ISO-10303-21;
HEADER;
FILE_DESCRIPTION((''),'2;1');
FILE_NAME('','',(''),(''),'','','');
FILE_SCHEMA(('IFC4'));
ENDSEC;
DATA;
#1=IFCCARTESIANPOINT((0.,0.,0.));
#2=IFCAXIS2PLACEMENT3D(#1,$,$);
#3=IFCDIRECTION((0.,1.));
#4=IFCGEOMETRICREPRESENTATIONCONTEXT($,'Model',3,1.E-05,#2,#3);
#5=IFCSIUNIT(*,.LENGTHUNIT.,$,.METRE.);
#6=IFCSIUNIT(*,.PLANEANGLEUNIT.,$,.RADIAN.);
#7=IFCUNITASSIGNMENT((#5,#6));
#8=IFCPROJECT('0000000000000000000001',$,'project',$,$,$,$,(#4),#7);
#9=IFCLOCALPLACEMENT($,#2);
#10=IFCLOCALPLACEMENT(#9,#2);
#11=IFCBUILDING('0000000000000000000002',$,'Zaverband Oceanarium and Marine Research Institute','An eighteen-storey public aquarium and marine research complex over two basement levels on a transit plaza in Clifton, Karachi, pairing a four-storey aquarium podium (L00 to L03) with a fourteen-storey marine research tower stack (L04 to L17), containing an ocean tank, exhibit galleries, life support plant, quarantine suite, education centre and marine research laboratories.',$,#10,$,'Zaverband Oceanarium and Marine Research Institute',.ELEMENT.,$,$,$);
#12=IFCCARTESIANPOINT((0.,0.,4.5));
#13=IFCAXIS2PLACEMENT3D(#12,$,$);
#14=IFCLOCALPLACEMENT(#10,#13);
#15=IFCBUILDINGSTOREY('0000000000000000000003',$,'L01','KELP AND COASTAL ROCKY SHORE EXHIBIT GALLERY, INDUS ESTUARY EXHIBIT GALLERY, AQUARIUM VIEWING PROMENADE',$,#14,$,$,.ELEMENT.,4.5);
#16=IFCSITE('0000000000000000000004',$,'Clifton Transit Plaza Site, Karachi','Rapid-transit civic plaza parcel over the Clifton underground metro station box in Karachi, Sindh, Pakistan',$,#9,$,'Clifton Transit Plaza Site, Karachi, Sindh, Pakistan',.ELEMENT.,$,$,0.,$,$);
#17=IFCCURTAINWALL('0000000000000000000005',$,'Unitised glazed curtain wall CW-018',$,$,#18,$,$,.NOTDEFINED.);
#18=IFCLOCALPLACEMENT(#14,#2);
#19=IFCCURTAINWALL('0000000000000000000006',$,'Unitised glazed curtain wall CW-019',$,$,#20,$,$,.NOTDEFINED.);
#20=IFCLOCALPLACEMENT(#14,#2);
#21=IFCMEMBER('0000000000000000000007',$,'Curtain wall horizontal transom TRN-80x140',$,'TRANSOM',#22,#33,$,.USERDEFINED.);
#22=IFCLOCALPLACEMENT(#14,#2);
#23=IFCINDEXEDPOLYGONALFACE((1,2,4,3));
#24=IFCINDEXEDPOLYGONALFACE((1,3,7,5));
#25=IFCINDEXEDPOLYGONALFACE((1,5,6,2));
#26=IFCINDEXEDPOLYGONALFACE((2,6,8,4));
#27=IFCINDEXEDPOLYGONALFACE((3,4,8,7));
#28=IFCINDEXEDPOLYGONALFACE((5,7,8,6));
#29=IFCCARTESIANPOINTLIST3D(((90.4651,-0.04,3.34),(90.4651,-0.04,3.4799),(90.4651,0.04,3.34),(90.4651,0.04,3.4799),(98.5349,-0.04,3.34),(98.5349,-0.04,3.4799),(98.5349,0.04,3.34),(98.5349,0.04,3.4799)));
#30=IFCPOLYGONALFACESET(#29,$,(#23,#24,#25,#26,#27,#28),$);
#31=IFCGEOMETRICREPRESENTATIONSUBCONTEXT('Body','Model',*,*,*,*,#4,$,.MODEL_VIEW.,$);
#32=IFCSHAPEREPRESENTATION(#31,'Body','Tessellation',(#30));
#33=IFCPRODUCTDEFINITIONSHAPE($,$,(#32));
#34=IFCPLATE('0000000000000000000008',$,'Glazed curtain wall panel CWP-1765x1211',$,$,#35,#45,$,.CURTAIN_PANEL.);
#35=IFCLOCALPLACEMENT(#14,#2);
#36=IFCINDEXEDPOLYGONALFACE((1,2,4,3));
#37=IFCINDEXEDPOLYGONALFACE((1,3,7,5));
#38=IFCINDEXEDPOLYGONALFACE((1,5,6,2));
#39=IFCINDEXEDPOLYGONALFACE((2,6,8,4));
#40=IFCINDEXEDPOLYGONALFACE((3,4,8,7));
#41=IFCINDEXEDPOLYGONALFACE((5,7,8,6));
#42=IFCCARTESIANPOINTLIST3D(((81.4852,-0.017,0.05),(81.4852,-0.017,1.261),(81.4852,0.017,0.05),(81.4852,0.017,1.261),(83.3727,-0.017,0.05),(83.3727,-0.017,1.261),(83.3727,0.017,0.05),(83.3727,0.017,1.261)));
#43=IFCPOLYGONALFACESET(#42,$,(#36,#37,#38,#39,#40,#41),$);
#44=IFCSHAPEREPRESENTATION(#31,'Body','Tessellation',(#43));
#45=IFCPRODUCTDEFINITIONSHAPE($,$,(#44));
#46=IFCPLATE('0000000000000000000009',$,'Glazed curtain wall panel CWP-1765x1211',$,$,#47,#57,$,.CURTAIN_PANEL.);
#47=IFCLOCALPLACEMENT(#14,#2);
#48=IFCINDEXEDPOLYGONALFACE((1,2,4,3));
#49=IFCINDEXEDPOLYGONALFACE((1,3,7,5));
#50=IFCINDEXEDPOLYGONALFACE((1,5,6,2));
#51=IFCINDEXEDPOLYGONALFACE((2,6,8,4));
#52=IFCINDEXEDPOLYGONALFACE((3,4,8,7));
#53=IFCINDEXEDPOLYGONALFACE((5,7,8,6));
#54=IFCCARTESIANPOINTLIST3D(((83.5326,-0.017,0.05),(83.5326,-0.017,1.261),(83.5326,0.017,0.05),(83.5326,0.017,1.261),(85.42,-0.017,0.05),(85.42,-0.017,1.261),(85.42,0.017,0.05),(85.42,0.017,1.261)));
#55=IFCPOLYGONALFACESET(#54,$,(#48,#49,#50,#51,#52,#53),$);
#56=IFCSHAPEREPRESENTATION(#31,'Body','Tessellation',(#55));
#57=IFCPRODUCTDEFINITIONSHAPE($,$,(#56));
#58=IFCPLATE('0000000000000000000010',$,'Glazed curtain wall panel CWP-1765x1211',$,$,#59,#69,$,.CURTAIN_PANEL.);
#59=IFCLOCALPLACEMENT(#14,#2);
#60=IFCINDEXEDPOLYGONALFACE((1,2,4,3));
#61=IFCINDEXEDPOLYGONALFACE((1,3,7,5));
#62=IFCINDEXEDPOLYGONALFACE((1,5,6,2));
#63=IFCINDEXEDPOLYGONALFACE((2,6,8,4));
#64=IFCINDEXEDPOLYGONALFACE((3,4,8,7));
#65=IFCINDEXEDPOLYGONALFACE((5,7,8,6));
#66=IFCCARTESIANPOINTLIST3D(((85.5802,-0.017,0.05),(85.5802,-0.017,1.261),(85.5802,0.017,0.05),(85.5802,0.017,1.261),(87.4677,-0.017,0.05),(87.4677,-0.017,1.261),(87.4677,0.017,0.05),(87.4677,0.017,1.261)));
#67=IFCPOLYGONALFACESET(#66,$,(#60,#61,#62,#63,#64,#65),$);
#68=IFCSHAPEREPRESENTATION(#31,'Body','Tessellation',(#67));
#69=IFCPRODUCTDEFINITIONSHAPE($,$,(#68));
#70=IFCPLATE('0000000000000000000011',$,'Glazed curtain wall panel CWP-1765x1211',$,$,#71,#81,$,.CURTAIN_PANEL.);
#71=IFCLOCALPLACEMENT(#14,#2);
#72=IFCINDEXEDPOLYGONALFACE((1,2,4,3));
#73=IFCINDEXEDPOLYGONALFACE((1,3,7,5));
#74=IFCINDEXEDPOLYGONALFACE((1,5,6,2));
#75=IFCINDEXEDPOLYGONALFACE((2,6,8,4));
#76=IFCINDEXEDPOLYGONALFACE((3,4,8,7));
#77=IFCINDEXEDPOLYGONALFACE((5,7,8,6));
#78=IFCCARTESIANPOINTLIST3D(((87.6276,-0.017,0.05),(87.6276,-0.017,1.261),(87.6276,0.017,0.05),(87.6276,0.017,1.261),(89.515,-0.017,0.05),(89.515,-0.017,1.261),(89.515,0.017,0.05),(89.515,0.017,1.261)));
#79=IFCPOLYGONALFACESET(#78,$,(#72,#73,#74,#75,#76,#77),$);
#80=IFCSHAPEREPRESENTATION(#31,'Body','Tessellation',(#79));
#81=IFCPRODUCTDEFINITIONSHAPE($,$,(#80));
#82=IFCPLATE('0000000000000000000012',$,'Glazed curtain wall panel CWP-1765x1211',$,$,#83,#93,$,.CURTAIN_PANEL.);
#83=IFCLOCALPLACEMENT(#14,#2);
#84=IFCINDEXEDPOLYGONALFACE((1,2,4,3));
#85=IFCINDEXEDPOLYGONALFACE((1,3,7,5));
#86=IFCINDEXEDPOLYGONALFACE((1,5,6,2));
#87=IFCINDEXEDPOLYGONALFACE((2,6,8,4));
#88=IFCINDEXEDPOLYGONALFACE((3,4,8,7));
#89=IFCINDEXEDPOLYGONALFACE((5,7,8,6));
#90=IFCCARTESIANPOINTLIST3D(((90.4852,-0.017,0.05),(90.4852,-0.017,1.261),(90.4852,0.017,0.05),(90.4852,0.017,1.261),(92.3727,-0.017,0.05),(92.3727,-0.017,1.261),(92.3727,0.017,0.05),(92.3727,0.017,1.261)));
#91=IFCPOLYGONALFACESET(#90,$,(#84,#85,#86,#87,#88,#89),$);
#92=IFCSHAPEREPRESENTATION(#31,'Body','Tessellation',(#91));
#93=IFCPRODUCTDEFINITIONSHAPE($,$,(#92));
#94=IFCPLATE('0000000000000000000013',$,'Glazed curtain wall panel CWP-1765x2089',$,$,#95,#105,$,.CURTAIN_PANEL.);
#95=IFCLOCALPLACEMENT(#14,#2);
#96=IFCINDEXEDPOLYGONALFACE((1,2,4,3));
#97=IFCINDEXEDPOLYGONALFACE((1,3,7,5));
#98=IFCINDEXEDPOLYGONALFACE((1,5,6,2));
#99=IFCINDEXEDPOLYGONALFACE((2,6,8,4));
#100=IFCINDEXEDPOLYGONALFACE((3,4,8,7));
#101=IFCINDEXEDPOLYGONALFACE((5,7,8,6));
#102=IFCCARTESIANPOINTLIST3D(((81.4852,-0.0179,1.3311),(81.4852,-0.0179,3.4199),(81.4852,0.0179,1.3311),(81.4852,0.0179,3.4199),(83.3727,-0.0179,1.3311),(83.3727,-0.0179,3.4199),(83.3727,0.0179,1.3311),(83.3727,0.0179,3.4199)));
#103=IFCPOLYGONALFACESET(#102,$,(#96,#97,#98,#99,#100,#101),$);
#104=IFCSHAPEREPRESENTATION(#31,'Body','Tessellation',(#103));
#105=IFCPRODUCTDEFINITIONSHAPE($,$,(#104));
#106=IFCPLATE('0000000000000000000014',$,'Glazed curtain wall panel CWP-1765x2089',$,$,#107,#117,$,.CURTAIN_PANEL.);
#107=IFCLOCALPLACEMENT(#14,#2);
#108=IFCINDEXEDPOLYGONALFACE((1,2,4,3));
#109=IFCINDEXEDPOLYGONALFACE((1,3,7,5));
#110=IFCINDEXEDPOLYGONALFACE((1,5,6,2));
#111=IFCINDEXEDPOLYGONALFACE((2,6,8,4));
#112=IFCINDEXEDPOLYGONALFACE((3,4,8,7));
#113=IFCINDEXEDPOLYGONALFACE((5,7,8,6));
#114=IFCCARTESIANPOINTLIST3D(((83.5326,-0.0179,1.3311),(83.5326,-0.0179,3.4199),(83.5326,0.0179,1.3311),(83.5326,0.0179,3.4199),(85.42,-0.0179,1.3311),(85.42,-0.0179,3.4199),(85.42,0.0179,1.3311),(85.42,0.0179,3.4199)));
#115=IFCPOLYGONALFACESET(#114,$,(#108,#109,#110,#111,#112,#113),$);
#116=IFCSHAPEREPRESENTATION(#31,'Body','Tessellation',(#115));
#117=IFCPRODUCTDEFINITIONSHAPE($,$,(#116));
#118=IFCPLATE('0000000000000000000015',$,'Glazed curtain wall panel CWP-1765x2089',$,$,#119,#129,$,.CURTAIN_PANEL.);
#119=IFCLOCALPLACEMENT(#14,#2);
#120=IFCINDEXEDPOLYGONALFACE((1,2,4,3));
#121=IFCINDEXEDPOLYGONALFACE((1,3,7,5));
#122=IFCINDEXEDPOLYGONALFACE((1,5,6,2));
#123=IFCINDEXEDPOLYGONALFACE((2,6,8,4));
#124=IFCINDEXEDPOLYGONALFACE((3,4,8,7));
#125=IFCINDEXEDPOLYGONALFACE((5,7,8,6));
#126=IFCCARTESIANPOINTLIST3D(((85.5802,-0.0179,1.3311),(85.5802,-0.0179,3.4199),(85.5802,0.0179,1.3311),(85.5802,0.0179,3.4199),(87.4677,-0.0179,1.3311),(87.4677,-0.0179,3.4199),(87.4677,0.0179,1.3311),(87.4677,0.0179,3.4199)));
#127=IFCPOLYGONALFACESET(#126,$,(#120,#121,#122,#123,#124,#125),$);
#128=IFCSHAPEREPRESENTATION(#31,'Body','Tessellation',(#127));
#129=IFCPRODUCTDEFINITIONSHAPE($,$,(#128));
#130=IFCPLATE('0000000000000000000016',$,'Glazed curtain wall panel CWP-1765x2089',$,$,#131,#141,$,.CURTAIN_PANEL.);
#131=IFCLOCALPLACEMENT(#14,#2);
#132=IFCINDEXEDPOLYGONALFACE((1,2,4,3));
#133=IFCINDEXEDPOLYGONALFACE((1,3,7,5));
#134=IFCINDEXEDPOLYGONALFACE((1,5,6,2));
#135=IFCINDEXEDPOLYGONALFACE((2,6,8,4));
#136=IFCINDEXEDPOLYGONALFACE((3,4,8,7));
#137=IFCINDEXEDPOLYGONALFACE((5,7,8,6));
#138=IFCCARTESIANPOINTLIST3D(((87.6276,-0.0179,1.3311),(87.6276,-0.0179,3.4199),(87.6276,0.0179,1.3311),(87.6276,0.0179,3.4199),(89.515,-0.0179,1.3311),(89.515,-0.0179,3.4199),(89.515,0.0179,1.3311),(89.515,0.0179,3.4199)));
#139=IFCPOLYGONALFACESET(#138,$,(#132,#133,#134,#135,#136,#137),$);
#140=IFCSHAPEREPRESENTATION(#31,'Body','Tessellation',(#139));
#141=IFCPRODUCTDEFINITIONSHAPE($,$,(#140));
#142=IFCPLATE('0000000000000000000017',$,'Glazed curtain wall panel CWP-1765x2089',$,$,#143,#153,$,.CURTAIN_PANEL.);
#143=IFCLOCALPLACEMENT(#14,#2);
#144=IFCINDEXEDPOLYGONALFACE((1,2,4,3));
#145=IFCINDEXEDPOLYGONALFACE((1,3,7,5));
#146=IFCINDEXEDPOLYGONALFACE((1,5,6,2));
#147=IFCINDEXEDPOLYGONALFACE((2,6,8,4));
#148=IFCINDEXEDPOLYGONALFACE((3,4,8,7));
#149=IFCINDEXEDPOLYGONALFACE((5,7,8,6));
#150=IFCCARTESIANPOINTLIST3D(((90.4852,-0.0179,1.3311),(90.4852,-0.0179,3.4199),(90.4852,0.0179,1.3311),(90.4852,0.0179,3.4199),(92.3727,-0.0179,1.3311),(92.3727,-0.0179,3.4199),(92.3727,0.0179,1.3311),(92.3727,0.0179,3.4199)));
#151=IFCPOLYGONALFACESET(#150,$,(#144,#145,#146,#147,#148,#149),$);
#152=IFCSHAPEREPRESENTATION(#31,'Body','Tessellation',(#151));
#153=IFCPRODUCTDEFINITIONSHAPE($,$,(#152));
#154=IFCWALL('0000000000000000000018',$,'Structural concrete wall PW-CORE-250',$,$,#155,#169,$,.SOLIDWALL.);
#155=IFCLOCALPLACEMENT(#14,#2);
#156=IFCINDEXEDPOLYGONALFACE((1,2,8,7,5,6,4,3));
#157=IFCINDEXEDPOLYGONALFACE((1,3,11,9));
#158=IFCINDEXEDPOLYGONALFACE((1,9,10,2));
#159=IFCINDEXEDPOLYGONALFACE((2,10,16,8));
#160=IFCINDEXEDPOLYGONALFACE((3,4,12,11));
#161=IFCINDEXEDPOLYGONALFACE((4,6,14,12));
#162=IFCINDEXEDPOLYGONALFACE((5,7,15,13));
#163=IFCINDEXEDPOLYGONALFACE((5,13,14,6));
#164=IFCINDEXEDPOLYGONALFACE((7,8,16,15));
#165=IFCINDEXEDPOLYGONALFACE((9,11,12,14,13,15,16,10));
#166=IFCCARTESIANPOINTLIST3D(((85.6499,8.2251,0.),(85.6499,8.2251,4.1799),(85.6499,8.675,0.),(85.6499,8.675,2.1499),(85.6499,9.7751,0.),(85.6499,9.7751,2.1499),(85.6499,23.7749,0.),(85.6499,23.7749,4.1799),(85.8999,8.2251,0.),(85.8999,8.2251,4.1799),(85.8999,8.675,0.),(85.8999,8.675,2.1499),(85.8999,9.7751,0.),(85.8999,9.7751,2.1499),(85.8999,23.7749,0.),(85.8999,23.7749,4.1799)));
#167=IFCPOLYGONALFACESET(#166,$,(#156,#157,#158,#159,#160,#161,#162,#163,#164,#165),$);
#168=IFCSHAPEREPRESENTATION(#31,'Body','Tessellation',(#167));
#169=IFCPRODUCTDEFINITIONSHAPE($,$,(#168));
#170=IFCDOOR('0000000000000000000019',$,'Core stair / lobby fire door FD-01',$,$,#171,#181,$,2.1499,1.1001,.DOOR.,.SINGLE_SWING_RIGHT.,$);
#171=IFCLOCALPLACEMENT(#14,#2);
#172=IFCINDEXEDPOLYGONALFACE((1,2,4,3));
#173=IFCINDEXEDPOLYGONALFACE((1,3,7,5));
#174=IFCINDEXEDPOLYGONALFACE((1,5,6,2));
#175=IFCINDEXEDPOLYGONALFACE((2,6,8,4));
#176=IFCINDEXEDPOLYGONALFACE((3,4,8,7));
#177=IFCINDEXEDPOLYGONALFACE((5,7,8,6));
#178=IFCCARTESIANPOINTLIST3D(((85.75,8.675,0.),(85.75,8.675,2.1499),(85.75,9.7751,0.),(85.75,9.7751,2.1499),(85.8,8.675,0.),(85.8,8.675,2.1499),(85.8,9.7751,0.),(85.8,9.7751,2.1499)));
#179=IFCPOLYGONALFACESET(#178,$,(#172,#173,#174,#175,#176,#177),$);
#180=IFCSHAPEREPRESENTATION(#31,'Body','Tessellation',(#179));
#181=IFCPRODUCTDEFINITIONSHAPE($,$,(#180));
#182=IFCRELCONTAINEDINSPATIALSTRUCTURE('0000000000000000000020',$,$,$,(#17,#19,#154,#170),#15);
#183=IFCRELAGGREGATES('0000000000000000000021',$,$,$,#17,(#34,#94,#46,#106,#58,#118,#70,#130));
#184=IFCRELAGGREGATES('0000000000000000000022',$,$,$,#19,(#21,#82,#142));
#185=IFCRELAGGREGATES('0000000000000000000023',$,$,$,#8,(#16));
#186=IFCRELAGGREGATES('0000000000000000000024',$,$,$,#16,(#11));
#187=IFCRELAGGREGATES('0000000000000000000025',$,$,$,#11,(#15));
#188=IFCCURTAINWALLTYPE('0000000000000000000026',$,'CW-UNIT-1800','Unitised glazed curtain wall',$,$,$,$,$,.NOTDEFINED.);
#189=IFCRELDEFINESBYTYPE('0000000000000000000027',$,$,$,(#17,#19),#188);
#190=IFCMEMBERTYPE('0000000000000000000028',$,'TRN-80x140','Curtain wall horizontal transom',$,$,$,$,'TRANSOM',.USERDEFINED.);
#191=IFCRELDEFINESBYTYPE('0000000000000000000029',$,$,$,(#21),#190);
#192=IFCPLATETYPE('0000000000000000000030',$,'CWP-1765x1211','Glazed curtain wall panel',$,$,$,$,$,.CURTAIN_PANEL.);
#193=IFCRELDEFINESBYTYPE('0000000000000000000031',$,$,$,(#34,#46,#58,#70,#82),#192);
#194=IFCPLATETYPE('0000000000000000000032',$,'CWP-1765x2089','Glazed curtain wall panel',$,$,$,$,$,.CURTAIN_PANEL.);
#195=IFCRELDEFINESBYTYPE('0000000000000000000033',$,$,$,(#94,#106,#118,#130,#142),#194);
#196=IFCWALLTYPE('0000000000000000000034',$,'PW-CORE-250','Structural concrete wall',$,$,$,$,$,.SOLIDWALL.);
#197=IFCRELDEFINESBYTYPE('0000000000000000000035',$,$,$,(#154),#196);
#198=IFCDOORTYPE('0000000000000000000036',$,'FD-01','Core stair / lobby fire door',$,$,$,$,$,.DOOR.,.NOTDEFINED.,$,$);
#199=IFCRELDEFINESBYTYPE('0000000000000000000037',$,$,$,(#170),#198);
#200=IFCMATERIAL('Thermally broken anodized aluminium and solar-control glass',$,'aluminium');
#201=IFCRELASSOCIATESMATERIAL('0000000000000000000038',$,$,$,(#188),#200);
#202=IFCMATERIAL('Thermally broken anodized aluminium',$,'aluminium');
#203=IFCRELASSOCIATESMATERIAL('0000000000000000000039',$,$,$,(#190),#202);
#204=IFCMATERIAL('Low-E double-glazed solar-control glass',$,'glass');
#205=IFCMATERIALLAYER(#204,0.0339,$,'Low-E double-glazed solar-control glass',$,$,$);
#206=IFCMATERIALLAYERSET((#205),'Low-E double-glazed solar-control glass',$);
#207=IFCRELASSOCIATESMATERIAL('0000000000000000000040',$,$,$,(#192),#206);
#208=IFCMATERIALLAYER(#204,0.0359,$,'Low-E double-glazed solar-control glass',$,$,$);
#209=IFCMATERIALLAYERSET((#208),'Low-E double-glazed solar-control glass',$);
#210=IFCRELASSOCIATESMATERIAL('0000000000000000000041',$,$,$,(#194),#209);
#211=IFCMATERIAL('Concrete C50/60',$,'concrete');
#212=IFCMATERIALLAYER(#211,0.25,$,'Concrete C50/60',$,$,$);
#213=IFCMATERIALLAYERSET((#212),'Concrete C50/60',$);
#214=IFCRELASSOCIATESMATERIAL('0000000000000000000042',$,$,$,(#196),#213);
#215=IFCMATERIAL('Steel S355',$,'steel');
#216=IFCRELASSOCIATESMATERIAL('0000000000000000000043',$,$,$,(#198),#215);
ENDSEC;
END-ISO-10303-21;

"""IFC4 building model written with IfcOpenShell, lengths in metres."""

from ifc_helpers import new_model, si_unit, direction, frame, frame_2d, origin, origin_2d, place, context, subcontext, project, spatial, rectangle, extrude, material, layer, layer_set, material_profile, profile_set, type_object, element, fill, aggregate, save


model = new_model("IFC4")

# Units and contexts
model_context = context("Model", 3, precision=1e-05, world=origin(), true_north=direction((0.0, 1.0)))
body_context = subcontext(model_context, "Body", "Model", "MODEL_VIEW")
ifc_project = project(units=[si_unit("LENGTHUNIT", "METRE"), si_unit("PLANEANGLEUNIT", "RADIAN")], contexts=[model_context])

# Site, building, storey
site_placement = place(None, origin())
site = spatial("IfcSite", under=ifc_project, at=site_placement, Name="Clifton Transit Plaza Site, Karachi", Description="Rapid-transit civic plaza parcel over the Clifton underground metro station box in Karachi, Sindh, Pakistan", LongName="Clifton Transit Plaza Site, Karachi, Sindh, Pakistan", CompositionType="ELEMENT", RefElevation=0.0)
building_placement = place(site_placement, origin())
building = spatial("IfcBuilding", under=site, at=building_placement, Name="Zaverband Oceanarium and Marine Research Institute", Description="An eighteen-storey public aquarium and marine research complex over two basement levels on a transit plaza in Clifton, Karachi, pairing a four-storey aquarium podium (L00 to L03) with a fourteen-storey marine research tower stack (L04 to L17), containing an ocean tank, exhibit galleries, life support plant, quarantine suite, education centre and marine research laboratories.", LongName="Zaverband Oceanarium and Marine Research Institute", CompositionType="ELEMENT")
storey_placement = place(building_placement, frame((0.0, 0.0, 4.5)))
storey = spatial("IfcBuildingStorey", under=building, at=storey_placement, Name="L01", Description="KELP AND COASTAL ROCKY SHORE EXHIBIT GALLERY, INDUS ESTUARY EXHIBIT GALLERY, AQUARIUM VIEWING PROMENADE", CompositionType="ELEMENT", Elevation=4.5)

# Shared definitions
ifc_material_1 = material(Name="Concrete C50/60", Category="concrete")

# Curtain wall
ifc_material_2 = material(Name="Thermally broken anodized aluminium and solar-control glass", Category="aluminium")
curtain_wall_type = type_object("IfcCurtainWallType", Name="CW-UNIT-1800", Description="Unitised glazed curtain wall", PredefinedType="NOTDEFINED", material=ifc_material_2)
curtain_wall_1_placement = place(storey_placement, origin())
curtain_wall_1 = element("IfcCurtainWall", 1, at=curtain_wall_1_placement, inside=storey, type_object=curtain_wall_type, Name="Unitised glazed curtain wall CW-018", PredefinedType="NOTDEFINED")
ifc_material_3 = material(Name="Thermally broken anodized aluminium", Category="aluminium")

# Curtain wall
curtain_wall_2_placement = place(storey_placement, origin())
curtain_wall_2 = element("IfcCurtainWall", 2, at=curtain_wall_2_placement, inside=storey, type_object=curtain_wall_type, Name="Unitised glazed curtain wall CW-019", PredefinedType="NOTDEFINED")

# Member
ifc_material_profile_1 = material_profile(ifc_material_3, rectangle(XDim=0.0801, YDim=0.1399, at=origin_2d()), Name="AL-TRN-80x140")
ifc_profile_set_1 = profile_set([ifc_material_profile_1], Name="Thermally broken anodized aluminium")
member_type_1 = type_object("IfcMemberType", Name="TRN-80x140", Description="Curtain wall horizontal transom", ElementType="TRANSOM", PredefinedType="USERDEFINED", material=ifc_profile_set_1)
member_1_placement = place(storey_placement, frame((90.4651, 0.0, 3.4099), z_axis=(1.0, 0.0, 0.0), x_axis=(0.0, 1.0, 0.0)))
member_1 = element("IfcMember", 3, at=member_1_placement, type_object=member_type_1, Name="Curtain wall horizontal transom TRN-80x140", ObjectType="TRANSOM", PredefinedType="USERDEFINED", context=body_context, shape_type="SweptSolid", body=[
    extrude(rectangle(XDim=0.0801, YDim=0.1399, at=origin_2d()), origin(), (0.0, 0.0, 1.0), 8.0698),
])

# Plates
ifc_material_4 = material(Name="Low-E double-glazed solar-control glass", Category="glass")
ifc_layer_1 = layer(ifc_material_4, 0.0339, Name="Low-E double-glazed solar-control glass")
ifc_layer_set_1 = layer_set([ifc_layer_1], Name="Low-E double-glazed solar-control glass")
plate_type_1 = type_object("IfcPlateType", Name="CWP-1765x1211", Description="Glazed curtain wall panel", PredefinedType="CURTAIN_PANEL", material=ifc_layer_set_1)
plate_1_placement = place(storey_placement, frame((81.4851, 0.0, 0.05), z_axis=(0.0, 0.0, 1.0), x_axis=(1.0, 0.0, 0.0)))
plate_1 = element("IfcPlate", 4, at=plate_1_placement, type_object=plate_type_1, Name="Glazed curtain wall panel CWP-1765x1211", PredefinedType="CURTAIN_PANEL", context=body_context, shape_type="SweptSolid", body=[
    extrude(rectangle(XDim=1.8875, YDim=0.0339, at=frame_2d((0.9438, 0.0))), origin(), (0.0, 0.0, 1.0), 1.2109),
])
plate_2_placement = place(storey_placement, frame((83.5325, 0.0, 0.05), z_axis=(0.0, 0.0, 1.0), x_axis=(1.0, 0.0, 0.0)))
plate_2 = element("IfcPlate", 5, at=plate_2_placement, type_object=plate_type_1, Name="Glazed curtain wall panel CWP-1765x1211", PredefinedType="CURTAIN_PANEL", context=body_context, shape_type="SweptSolid", body=[
    extrude(rectangle(XDim=1.8875, YDim=0.0339, at=frame_2d((0.9438, 0.0))), origin(), (0.0, 0.0, 1.0), 1.2109),
])
plate_3_placement = place(storey_placement, frame((85.5801, 0.0, 0.05), z_axis=(0.0, 0.0, 1.0), x_axis=(1.0, 0.0, 0.0)))
plate_3 = element("IfcPlate", 6, at=plate_3_placement, type_object=plate_type_1, Name="Glazed curtain wall panel CWP-1765x1211", PredefinedType="CURTAIN_PANEL", context=body_context, shape_type="SweptSolid", body=[
    extrude(rectangle(XDim=1.8875, YDim=0.0339, at=frame_2d((0.9438, 0.0))), origin(), (0.0, 0.0, 1.0), 1.2109),
])
plate_4_placement = place(storey_placement, frame((87.6274, 0.0, 0.05), z_axis=(0.0, 0.0, 1.0), x_axis=(1.0, 0.0, 0.0)))
plate_4 = element("IfcPlate", 7, at=plate_4_placement, type_object=plate_type_1, Name="Glazed curtain wall panel CWP-1765x1211", PredefinedType="CURTAIN_PANEL", context=body_context, shape_type="SweptSolid", body=[
    extrude(rectangle(XDim=1.8875, YDim=0.0339, at=frame_2d((0.9438, 0.0))), origin(), (0.0, 0.0, 1.0), 1.2109),
])
plate_5_placement = place(storey_placement, frame((90.4851, 0.0, 0.05), z_axis=(0.0, 0.0, 1.0), x_axis=(1.0, 0.0, 0.0)))
plate_5 = element("IfcPlate", 8, at=plate_5_placement, type_object=plate_type_1, Name="Glazed curtain wall panel CWP-1765x1211", PredefinedType="CURTAIN_PANEL", context=body_context, shape_type="SweptSolid", body=[
    extrude(rectangle(XDim=1.8875, YDim=0.0339, at=frame_2d((0.9438, 0.0))), origin(), (0.0, 0.0, 1.0), 1.2109),
])
ifc_layer_2 = layer(ifc_material_4, 0.0359, Name="Low-E double-glazed solar-control glass")
ifc_layer_set_2 = layer_set([ifc_layer_2], Name="Low-E double-glazed solar-control glass")
plate_type_2 = type_object("IfcPlateType", Name="CWP-1765x2089", Description="Glazed curtain wall panel", PredefinedType="CURTAIN_PANEL", material=ifc_layer_set_2)
plate_6_placement = place(storey_placement, frame((81.4851, 0.0, 1.3311), z_axis=(0.0, 0.0, 1.0), x_axis=(1.0, 0.0, 0.0)))
plate_6 = element("IfcPlate", 9, at=plate_6_placement, type_object=plate_type_2, Name="Glazed curtain wall panel CWP-1765x2089", PredefinedType="CURTAIN_PANEL", context=body_context, shape_type="SweptSolid", body=[
    extrude(rectangle(XDim=1.8875, YDim=0.0359, at=frame_2d((0.9438, 0.0))), origin(), (0.0, 0.0, 1.0), 2.0889),
])
plate_7_placement = place(storey_placement, frame((83.5325, 0.0, 1.3311), z_axis=(0.0, 0.0, 1.0), x_axis=(1.0, 0.0, 0.0)))
plate_7 = element("IfcPlate", 10, at=plate_7_placement, type_object=plate_type_2, Name="Glazed curtain wall panel CWP-1765x2089", PredefinedType="CURTAIN_PANEL", context=body_context, shape_type="SweptSolid", body=[
    extrude(rectangle(XDim=1.8875, YDim=0.0359, at=frame_2d((0.9438, 0.0))), origin(), (0.0, 0.0, 1.0), 2.0889),
])
plate_8_placement = place(storey_placement, frame((85.5801, 0.0, 1.3311), z_axis=(0.0, 0.0, 1.0), x_axis=(1.0, 0.0, 0.0)))
plate_8 = element("IfcPlate", 11, at=plate_8_placement, type_object=plate_type_2, Name="Glazed curtain wall panel CWP-1765x2089", PredefinedType="CURTAIN_PANEL", context=body_context, shape_type="SweptSolid", body=[
    extrude(rectangle(XDim=1.8875, YDim=0.0359, at=frame_2d((0.9438, 0.0))), origin(), (0.0, 0.0, 1.0), 2.0889),
])
plate_9_placement = place(storey_placement, frame((87.6274, 0.0, 1.3311), z_axis=(0.0, 0.0, 1.0), x_axis=(1.0, 0.0, 0.0)))
plate_9 = element("IfcPlate", 12, at=plate_9_placement, type_object=plate_type_2, Name="Glazed curtain wall panel CWP-1765x2089", PredefinedType="CURTAIN_PANEL", context=body_context, shape_type="SweptSolid", body=[
    extrude(rectangle(XDim=1.8875, YDim=0.0359, at=frame_2d((0.9438, 0.0))), origin(), (0.0, 0.0, 1.0), 2.0889),
])
aggregate(curtain_wall_1, [plate_1, plate_6, plate_2, plate_7, plate_3, plate_8, plate_4, plate_9])
plate_10_placement = place(storey_placement, frame((90.4851, 0.0, 1.3311), z_axis=(0.0, 0.0, 1.0), x_axis=(1.0, 0.0, 0.0)))
plate_10 = element("IfcPlate", 13, at=plate_10_placement, type_object=plate_type_2, Name="Glazed curtain wall panel CWP-1765x2089", PredefinedType="CURTAIN_PANEL", context=body_context, shape_type="SweptSolid", body=[
    extrude(rectangle(XDim=1.8875, YDim=0.0359, at=frame_2d((0.9438, 0.0))), origin(), (0.0, 0.0, 1.0), 2.0889),
])
aggregate(curtain_wall_2, [member_1, plate_5, plate_10])

# Wall, opening, door
ifc_layer_3 = layer(ifc_material_1, 0.25, Name="Concrete C50/60")
ifc_layer_set_3 = layer_set([ifc_layer_3], Name="Concrete C50/60")
wall_type = type_object("IfcWallType", Name="PW-CORE-250", Description="Structural concrete wall", PredefinedType="SOLIDWALL", material=ifc_layer_set_3)
wall_placement = place(storey_placement, frame((85.7749, 8.2251, 0.0), z_axis=(0.0, 0.0, 1.0), x_axis=(0.0, 1.0, 0.0)))
wall = element("IfcWall", 14, at=wall_placement, inside=storey, type_object=wall_type, Name="Structural concrete wall PW-CORE-250", PredefinedType="SOLIDWALL", context=body_context, shape_type="SweptSolid", body=[
    extrude(rectangle(XDim=15.5498, YDim=0.25, at=frame_2d((7.7749, 0.0))), origin(), (0.0, 0.0, 1.0), 4.1799),
])
opening_placement = place(wall_placement, frame((0.45, 0.0, 0.0)))
opening = element("IfcOpeningElement", 15, at=opening_placement, cuts=wall, PredefinedType="OPENING", context=body_context, shape_type="SweptSolid", body=[
    extrude(rectangle(XDim=1.1001, YDim=2.1499, at=frame_2d((0.55, 1.075))), frame((0.0, 0.137, 0.0), z_axis=(0.0, -1.0, 0.0), x_axis=(1.0, 0.0, 0.0)), (0.0, 0.0, 1.0), 0.2739),
])
ifc_material_5 = material(Name="Steel S355", Category="steel")
door_type = type_object("IfcDoorType", Name="FD-01", Description="Core stair / lobby fire door", OperationType="NOTDEFINED", PredefinedType="DOOR", material=ifc_material_5)
door_placement = place(opening_placement, origin())
door = element("IfcDoor", 16, at=door_placement, inside=storey, type_object=door_type, Name="Core stair / lobby fire door FD-01", OperationType="SINGLE_SWING_RIGHT", OverallHeight=2.1499, OverallWidth=1.1001, PredefinedType="DOOR", context=body_context, shape_type="SweptSolid", body=[
    extrude(rectangle(XDim=1.1001, YDim=2.1499, at=frame_2d((0.55, 1.075))), frame((0.0, 0.0249, 0.0), z_axis=(0.0, -1.0, 0.0), x_axis=(1.0, 0.0, 0.0)), (0.0, 0.0, 1.0), 0.05),
])
fill(opening, door)

save(model, "model.ifc")
